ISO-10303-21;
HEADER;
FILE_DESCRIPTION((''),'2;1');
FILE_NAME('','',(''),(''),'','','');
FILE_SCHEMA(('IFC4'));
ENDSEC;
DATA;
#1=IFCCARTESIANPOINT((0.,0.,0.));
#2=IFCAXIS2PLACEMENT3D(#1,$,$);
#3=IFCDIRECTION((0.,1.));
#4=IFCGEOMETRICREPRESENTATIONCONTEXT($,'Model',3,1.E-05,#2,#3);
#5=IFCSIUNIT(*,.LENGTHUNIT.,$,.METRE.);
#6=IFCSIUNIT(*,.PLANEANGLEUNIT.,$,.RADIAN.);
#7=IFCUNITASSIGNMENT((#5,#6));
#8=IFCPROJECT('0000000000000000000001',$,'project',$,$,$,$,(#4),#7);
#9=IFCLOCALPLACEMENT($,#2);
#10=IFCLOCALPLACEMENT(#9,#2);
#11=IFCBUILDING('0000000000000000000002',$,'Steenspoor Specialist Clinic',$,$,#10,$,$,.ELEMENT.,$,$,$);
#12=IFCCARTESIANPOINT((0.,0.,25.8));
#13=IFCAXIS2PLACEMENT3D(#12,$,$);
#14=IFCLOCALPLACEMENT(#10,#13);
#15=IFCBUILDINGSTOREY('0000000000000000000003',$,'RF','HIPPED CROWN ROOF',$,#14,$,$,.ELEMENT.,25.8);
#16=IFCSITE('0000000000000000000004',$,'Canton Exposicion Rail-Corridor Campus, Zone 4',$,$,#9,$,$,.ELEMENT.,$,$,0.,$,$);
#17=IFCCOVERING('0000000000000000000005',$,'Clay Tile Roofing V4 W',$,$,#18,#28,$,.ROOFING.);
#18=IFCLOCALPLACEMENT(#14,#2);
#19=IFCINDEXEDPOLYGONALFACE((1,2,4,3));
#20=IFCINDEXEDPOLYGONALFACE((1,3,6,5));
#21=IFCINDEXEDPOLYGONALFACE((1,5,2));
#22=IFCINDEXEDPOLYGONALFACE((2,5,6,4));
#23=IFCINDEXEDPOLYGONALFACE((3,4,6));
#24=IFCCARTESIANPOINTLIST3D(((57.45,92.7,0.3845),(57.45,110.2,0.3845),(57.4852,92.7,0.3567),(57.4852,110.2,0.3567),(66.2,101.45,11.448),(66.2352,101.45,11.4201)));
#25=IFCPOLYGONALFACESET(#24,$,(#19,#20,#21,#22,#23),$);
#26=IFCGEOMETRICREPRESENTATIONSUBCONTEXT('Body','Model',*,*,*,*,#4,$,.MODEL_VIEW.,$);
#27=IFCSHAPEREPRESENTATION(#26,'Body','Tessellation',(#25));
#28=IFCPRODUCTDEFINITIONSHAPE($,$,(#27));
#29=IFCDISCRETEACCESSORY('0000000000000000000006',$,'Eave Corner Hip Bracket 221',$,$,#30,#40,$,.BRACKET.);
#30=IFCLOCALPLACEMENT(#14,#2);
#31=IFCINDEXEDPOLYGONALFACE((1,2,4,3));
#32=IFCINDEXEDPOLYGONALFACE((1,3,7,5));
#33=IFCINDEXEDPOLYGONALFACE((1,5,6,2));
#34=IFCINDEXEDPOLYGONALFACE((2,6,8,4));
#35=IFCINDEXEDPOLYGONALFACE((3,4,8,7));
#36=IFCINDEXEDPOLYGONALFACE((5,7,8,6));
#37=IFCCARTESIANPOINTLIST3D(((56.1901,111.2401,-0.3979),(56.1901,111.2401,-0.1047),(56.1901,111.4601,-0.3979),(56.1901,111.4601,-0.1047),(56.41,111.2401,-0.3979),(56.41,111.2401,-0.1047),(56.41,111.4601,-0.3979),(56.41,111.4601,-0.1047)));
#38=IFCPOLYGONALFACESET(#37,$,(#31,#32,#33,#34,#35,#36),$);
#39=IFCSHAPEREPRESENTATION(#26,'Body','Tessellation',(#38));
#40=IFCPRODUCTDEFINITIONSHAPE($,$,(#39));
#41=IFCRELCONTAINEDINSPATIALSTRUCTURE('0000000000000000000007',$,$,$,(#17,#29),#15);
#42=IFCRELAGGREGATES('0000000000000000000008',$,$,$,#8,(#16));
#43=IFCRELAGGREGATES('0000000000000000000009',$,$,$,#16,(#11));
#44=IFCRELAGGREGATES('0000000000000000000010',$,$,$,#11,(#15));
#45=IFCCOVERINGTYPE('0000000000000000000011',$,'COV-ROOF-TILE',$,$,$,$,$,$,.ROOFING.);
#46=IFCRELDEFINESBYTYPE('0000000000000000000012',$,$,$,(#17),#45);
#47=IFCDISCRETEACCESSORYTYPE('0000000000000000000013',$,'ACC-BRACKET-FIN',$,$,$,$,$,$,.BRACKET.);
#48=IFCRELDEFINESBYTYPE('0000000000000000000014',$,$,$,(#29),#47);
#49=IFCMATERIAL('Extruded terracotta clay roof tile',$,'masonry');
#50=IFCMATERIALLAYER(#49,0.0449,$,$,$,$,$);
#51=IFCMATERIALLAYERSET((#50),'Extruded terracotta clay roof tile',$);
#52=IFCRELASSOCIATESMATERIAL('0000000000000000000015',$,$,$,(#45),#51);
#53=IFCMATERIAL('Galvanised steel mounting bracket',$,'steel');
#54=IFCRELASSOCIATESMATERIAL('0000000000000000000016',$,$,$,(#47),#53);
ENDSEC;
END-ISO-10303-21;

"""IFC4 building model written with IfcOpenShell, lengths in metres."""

from ifc_helpers import new_model, si_unit, direction, frame, origin, origin_2d, place, context, subcontext, project, spatial, polyline, rectangle, outline, extrude, material, layer, layer_set, type_object, element, save


model = new_model("IFC4")

# Units and contexts
model_context = context("Model", 3, precision=1e-05, world=origin(), true_north=direction((0.0, 1.0)))
body_context = subcontext(model_context, "Body", "Model", "MODEL_VIEW")
ifc_project = project(units=[si_unit("LENGTHUNIT", "METRE"), si_unit("PLANEANGLEUNIT", "RADIAN")], contexts=[model_context])

# Site, building, storey
site_placement = place(None, origin())
site = spatial("IfcSite", under=ifc_project, at=site_placement, Name="Canton Exposicion Rail-Corridor Campus, Zone 4", CompositionType="ELEMENT", RefElevation=0.0)
building_placement = place(site_placement, origin())
building = spatial("IfcBuilding", under=site, at=building_placement, Name="Steenspoor Specialist Clinic", CompositionType="ELEMENT")
storey_placement = place(building_placement, frame((0.0, 0.0, 25.8)))
storey = spatial("IfcBuildingStorey", under=building, at=storey_placement, Name="RF", Description="HIPPED CROWN ROOF", CompositionType="ELEMENT", Elevation=25.8)

# Shared definitions
ifc_material_1 = material(Name="Extruded terracotta clay roof tile", Category="masonry")

# Covering
ifc_layer_1 = layer(ifc_material_1, 0.0449)
ifc_layer_set_1 = layer_set([ifc_layer_1], Name="Extruded terracotta clay roof tile")
covering_type = type_object("IfcCoveringType", Name="COV-ROOF-TILE", PredefinedType="ROOFING", material=ifc_layer_set_1)
covering_1_placement = place(storey_placement, frame((57.45, 110.2, 0.3845), z_axis=(-0.784342, 0.0, 0.620329), x_axis=(0.0, -1.0, 0.0)))
element("IfcCovering", 1, at=covering_1_placement, inside=storey, type_object=covering_type, Name="Clay Tile Roofing V4 W", PredefinedType="ROOFING", context=body_context, shape_type="SweptSolid", body=[
    extrude(outline(polyline([(0.0, 0.0), (17.5, 0.0), (8.75, 14.1054), (0.0, 0.0)])), origin(), (0.0, 0.0, -1.0), 0.0449),
])

# Discrete accessory
ifc_material_2 = material(Name="Galvanised steel mounting bracket", Category="steel")
discrete_accessory_type = type_object("IfcDiscreteAccessoryType", Name="ACC-BRACKET-FIN", PredefinedType="BRACKET", material=ifc_material_2)
discrete_accessory_placement = place(storey_placement, frame((56.3, 111.3501, -0.3979), z_axis=(0.0, 0.0, 1.0), x_axis=(1.0, 0.0, 0.0)))
element("IfcDiscreteAccessory", 2, at=discrete_accessory_placement, inside=storey, type_object=discrete_accessory_type, Name="Eave Corner Hip Bracket 221", PredefinedType="BRACKET", context=body_context, shape_type="SweptSolid", body=[
    extrude(rectangle(XDim=0.22, YDim=0.22, at=origin_2d()), origin(), (0.0, 0.0, 1.0), 0.2932),
])

save(model, "model.ifc")
